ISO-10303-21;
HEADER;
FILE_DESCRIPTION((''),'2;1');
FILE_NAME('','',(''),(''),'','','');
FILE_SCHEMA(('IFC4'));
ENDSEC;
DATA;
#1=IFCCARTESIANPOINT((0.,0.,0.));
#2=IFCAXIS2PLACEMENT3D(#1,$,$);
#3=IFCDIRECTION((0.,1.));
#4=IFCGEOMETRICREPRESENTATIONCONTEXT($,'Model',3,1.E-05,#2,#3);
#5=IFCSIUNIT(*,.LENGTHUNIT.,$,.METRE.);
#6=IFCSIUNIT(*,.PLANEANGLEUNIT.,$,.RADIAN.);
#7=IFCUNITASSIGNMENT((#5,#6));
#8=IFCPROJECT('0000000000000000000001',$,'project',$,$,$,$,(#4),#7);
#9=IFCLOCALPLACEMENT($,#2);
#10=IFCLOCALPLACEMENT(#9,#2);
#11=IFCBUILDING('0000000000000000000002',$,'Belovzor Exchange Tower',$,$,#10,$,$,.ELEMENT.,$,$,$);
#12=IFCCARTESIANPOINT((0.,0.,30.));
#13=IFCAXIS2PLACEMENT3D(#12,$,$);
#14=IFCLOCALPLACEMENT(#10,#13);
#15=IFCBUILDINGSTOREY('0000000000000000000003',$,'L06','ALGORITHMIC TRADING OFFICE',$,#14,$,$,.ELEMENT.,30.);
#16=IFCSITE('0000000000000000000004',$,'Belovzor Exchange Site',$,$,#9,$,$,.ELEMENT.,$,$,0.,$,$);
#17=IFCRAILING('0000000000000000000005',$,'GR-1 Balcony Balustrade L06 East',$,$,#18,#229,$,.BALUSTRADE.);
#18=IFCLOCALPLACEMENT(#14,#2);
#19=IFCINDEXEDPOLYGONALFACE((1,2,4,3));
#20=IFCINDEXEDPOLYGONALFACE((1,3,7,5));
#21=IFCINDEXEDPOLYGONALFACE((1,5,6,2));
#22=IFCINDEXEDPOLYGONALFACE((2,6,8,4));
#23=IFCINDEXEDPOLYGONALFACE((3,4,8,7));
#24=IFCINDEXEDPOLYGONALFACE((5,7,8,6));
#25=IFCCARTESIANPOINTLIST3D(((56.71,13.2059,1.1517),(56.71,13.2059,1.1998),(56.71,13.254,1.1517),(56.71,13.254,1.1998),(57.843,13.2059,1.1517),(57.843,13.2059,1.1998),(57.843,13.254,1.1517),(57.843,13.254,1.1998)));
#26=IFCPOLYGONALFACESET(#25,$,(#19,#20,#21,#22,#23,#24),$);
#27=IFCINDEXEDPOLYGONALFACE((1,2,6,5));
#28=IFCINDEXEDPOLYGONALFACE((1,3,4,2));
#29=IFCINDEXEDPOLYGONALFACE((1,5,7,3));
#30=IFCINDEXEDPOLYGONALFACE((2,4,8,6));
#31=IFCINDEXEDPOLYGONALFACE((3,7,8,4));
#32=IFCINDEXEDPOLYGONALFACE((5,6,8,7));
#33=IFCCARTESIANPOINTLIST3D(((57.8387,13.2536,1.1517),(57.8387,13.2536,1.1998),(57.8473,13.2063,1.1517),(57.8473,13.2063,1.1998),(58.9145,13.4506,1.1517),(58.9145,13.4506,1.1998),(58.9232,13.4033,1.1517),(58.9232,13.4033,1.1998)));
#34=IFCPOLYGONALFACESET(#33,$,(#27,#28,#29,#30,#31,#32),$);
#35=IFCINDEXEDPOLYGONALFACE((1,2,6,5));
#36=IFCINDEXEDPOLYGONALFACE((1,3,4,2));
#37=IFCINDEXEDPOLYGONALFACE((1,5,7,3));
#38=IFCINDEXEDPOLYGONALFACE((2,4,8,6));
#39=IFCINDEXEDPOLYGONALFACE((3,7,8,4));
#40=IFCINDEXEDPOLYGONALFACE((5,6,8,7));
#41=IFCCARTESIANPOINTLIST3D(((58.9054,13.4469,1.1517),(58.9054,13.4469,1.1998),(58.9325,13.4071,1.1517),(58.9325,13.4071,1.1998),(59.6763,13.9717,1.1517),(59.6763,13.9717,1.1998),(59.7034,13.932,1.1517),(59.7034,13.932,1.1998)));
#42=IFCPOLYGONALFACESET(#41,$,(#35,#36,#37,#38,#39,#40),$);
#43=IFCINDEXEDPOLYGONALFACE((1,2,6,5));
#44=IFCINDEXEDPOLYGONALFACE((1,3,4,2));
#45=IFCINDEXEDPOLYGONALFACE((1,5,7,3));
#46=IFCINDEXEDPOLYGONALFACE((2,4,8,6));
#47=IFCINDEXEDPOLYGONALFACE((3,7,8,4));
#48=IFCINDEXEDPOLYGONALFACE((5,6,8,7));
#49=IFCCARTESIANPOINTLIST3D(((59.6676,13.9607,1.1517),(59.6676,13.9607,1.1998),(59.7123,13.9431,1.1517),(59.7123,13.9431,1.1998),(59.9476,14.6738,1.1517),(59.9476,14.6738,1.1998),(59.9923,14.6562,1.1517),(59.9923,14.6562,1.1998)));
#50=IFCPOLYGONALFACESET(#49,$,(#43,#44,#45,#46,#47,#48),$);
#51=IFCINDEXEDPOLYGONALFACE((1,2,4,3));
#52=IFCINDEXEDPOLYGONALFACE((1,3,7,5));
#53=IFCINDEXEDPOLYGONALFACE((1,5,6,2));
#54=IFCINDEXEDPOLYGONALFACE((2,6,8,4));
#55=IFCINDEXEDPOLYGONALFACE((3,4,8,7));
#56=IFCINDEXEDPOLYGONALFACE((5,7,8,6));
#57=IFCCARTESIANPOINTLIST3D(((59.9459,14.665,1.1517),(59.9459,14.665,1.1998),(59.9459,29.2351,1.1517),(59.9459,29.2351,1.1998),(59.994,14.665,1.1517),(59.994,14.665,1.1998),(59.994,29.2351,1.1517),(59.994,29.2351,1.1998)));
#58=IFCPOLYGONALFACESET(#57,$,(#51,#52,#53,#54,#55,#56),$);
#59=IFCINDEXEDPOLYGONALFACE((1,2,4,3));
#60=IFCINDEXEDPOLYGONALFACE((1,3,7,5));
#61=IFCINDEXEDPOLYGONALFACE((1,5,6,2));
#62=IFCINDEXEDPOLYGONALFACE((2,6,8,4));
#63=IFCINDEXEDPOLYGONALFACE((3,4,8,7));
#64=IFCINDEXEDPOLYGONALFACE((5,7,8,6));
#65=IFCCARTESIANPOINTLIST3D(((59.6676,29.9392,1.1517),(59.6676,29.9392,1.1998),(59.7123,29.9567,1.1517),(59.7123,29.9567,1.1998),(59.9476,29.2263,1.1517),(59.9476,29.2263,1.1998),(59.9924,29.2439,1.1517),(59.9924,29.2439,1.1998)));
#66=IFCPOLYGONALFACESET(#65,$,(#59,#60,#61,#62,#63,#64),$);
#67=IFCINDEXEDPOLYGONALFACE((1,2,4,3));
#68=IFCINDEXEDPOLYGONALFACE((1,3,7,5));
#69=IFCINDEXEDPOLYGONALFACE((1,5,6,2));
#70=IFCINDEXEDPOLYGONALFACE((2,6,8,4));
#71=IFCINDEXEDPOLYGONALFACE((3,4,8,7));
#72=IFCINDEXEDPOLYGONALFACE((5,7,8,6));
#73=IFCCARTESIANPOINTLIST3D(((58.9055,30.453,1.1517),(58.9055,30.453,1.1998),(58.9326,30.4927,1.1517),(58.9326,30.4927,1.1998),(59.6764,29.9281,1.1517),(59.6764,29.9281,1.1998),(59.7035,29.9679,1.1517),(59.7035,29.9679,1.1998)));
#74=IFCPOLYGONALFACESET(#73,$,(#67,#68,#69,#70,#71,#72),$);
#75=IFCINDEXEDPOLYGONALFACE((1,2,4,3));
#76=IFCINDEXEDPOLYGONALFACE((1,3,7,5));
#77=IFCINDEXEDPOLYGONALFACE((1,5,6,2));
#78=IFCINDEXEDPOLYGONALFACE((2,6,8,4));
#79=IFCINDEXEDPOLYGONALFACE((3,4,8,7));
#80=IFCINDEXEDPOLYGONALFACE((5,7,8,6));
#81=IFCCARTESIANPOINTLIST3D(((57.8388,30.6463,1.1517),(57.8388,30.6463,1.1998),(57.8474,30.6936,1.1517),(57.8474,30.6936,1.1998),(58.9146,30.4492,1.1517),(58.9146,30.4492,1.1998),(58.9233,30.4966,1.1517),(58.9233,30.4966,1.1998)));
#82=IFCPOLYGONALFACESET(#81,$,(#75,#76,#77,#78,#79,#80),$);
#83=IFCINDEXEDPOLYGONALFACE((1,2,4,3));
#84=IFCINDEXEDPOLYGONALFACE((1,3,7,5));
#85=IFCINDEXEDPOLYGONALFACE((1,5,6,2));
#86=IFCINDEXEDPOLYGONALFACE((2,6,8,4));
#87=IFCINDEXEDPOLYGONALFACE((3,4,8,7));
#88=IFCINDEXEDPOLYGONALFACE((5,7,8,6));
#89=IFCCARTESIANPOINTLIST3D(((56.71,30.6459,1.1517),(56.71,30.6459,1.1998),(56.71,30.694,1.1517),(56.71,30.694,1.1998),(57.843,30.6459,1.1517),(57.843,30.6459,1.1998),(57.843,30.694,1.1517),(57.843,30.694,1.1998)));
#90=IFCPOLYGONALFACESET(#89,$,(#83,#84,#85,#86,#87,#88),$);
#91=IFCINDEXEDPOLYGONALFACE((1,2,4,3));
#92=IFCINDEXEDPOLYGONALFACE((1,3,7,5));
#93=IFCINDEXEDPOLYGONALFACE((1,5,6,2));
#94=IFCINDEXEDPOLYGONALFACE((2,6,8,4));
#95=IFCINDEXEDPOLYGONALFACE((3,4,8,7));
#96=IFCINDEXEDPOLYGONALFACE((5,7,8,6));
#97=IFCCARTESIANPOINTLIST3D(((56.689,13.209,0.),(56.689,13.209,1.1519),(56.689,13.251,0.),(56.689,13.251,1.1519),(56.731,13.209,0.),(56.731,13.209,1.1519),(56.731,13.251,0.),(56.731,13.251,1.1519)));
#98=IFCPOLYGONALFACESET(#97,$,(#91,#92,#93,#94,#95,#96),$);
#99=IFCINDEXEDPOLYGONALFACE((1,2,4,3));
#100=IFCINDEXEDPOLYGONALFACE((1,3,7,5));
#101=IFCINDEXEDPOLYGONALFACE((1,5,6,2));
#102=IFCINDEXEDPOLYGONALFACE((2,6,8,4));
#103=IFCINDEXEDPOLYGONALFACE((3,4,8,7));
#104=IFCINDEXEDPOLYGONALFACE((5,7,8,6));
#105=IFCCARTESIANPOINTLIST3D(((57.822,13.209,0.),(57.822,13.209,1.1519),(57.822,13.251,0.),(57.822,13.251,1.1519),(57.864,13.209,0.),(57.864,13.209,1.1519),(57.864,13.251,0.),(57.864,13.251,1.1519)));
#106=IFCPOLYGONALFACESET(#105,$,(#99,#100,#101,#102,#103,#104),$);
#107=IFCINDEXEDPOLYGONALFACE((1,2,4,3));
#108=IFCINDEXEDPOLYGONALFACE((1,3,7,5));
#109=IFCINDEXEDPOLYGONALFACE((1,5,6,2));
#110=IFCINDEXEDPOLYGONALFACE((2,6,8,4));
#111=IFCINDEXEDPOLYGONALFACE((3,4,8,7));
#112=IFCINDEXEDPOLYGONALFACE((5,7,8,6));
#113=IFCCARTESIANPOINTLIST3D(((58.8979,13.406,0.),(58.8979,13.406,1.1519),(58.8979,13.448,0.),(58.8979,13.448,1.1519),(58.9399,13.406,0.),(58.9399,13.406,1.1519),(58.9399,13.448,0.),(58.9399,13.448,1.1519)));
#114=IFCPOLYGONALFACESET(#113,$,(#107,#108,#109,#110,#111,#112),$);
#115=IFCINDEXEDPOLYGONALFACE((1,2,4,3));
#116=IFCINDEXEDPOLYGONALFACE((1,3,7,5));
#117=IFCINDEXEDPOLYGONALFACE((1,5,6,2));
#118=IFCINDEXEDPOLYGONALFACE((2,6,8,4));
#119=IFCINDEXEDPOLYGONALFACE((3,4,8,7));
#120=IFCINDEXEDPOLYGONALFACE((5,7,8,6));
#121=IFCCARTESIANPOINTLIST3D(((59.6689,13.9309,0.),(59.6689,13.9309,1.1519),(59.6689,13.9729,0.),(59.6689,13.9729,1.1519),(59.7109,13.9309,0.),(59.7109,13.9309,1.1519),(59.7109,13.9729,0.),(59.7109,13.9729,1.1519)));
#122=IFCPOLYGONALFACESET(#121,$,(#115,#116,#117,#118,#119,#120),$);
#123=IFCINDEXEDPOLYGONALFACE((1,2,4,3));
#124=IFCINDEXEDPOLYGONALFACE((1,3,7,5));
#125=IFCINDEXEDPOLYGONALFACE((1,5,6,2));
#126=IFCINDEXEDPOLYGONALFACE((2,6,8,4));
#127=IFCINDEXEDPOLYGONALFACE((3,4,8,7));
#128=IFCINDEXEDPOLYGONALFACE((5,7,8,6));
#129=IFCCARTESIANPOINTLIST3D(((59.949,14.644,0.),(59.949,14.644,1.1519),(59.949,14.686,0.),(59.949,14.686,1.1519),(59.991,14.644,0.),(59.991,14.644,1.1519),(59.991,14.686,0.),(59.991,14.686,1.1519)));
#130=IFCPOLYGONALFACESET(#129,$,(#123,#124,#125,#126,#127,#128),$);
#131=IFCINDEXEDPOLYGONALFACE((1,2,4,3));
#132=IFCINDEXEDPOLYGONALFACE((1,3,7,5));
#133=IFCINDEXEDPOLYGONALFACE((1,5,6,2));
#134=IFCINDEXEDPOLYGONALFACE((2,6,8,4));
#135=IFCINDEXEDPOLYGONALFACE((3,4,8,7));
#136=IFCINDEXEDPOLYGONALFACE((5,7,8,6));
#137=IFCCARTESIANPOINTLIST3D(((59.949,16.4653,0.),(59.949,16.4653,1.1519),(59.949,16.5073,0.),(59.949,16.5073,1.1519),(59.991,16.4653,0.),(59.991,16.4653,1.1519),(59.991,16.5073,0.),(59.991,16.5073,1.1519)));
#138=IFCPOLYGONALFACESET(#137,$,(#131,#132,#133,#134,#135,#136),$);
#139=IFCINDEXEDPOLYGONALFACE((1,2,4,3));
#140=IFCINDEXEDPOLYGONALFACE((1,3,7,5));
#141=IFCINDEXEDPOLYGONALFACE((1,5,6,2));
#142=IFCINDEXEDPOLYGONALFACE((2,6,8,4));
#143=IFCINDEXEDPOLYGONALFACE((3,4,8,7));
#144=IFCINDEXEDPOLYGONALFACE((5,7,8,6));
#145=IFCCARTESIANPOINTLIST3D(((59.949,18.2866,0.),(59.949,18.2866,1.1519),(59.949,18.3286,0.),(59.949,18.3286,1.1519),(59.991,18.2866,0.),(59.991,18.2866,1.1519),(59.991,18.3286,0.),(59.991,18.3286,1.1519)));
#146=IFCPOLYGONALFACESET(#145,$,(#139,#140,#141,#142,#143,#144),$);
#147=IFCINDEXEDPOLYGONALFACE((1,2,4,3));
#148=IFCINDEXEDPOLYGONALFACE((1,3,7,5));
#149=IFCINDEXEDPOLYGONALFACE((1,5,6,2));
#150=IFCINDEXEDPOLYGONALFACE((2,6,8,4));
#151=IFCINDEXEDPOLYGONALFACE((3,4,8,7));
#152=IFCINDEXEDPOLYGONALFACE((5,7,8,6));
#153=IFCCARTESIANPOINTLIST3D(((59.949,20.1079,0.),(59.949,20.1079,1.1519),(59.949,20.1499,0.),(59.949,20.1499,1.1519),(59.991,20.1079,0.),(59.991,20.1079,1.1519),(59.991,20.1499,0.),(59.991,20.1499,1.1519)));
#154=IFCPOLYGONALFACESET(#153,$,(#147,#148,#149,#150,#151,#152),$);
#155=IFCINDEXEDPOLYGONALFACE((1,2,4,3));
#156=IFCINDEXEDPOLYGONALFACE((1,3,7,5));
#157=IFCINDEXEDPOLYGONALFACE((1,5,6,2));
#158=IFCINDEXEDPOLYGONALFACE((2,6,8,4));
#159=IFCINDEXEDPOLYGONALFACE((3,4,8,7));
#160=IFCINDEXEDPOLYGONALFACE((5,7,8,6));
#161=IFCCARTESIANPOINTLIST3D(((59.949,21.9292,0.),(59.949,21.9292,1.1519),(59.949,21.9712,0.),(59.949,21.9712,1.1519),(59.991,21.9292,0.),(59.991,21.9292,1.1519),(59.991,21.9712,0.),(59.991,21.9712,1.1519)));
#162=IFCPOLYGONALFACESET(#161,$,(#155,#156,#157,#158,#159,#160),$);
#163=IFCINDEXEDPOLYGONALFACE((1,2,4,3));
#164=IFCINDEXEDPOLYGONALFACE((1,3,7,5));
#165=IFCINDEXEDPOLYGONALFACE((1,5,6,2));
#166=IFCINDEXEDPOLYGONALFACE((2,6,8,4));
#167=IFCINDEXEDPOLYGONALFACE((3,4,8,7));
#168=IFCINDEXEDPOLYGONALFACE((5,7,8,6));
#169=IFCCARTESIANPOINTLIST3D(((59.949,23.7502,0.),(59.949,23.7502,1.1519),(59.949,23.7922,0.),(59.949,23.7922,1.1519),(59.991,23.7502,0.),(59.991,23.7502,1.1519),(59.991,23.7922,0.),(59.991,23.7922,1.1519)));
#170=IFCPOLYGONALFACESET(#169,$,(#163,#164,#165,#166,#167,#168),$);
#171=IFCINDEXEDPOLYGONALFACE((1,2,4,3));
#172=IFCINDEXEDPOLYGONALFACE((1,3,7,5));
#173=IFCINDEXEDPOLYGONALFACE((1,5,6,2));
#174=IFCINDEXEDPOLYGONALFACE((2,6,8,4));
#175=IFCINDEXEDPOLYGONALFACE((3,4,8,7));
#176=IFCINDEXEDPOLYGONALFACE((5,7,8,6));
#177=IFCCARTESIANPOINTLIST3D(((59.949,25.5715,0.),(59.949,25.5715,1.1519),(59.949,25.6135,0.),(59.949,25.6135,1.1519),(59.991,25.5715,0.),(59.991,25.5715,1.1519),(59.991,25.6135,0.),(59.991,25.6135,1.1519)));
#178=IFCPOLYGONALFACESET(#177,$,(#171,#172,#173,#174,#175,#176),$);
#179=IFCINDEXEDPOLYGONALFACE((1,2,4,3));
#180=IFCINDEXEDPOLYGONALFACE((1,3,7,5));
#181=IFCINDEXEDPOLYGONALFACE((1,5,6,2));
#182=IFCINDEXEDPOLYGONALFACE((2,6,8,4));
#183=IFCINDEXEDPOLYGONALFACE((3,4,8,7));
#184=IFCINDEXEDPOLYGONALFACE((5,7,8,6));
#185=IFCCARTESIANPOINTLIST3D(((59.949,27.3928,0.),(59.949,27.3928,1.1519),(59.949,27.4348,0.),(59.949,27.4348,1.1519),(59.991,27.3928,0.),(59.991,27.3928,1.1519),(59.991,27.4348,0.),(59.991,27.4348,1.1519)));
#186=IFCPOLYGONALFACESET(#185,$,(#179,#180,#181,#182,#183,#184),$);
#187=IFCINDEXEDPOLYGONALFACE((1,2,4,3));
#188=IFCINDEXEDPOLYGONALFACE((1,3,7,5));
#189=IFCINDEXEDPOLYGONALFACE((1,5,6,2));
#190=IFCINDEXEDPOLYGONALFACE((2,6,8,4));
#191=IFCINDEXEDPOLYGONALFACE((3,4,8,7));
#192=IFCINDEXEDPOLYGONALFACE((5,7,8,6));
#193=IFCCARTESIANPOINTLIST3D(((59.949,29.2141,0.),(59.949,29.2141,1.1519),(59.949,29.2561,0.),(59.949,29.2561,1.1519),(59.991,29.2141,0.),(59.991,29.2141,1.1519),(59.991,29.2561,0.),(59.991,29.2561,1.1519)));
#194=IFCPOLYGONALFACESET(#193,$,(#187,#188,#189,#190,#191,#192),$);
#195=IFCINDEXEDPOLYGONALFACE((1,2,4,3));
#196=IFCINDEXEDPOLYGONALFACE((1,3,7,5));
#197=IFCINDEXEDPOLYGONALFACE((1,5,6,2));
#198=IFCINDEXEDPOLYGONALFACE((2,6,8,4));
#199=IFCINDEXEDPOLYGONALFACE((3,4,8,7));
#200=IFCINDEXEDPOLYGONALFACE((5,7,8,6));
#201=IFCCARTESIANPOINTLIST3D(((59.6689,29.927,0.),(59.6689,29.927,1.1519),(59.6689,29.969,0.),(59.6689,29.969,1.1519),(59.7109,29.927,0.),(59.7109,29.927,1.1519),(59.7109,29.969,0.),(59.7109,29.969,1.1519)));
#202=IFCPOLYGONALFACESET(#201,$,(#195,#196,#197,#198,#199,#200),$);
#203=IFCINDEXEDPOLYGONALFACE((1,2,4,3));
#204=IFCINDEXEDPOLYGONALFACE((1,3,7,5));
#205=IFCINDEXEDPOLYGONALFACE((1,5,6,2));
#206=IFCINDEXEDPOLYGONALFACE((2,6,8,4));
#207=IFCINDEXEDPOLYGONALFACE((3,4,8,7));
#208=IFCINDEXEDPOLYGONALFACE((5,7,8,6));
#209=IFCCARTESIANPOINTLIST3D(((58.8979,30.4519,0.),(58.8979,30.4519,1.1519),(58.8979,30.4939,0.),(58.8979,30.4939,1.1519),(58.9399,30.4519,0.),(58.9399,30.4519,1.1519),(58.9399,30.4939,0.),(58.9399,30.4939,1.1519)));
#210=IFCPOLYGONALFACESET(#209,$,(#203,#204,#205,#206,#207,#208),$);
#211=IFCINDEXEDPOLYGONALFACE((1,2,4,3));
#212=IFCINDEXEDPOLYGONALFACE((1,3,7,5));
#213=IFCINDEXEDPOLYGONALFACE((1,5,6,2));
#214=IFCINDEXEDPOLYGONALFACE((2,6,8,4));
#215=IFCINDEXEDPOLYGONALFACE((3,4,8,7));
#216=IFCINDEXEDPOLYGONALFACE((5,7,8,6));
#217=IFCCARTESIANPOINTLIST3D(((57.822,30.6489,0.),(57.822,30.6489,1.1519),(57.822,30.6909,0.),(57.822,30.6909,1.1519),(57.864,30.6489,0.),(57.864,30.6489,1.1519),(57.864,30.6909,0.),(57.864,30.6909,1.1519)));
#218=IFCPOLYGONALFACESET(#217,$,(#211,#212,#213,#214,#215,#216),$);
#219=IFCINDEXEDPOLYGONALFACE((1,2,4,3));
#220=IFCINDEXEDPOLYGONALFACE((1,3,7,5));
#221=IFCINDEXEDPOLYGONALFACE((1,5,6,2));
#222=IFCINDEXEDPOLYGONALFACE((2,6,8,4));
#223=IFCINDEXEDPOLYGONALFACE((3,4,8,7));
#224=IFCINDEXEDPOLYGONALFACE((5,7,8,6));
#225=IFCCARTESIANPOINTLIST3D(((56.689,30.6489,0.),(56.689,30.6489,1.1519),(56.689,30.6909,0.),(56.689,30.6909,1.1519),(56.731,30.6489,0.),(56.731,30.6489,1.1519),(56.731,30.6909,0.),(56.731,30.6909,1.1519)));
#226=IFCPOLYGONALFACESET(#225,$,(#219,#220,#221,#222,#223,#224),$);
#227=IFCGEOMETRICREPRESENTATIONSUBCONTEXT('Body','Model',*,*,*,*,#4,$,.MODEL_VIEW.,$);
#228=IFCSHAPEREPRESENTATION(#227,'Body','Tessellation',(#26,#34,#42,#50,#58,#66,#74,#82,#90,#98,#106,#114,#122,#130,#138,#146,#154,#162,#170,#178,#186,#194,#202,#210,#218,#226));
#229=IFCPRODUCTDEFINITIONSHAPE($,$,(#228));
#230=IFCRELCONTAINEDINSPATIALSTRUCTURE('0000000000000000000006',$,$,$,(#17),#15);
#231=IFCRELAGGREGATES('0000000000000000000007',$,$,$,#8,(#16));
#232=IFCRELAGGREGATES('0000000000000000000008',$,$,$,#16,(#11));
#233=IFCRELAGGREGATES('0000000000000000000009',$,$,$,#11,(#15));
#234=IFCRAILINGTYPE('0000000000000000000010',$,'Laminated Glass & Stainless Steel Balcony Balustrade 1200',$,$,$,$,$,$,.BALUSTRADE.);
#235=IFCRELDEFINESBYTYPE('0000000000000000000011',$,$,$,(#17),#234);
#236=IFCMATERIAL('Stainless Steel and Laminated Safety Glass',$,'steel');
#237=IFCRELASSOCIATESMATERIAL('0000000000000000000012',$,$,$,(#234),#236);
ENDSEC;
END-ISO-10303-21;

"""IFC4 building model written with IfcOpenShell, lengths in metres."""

from ifc_helpers import new_model, si_unit, direction, frame, origin, origin_2d, place, context, subcontext, project, spatial, rectangle, extrude, material, type_object, element, save


model = new_model("IFC4")

# Units and contexts
model_context = context("Model", 3, precision=1e-05, world=origin(), true_north=direction((0.0, 1.0)))
body_context = subcontext(model_context, "Body", "Model", "MODEL_VIEW")
ifc_project = project(units=[si_unit("LENGTHUNIT", "METRE"), si_unit("PLANEANGLEUNIT", "RADIAN")], contexts=[model_context])

# Site, building, storey
site_placement = place(None, origin())
site = spatial("IfcSite", under=ifc_project, at=site_placement, Name="Belovzor Exchange Site", CompositionType="ELEMENT", RefElevation=0.0)
building_placement = place(site_placement, origin())
building = spatial("IfcBuilding", under=site, at=building_placement, Name="Belovzor Exchange Tower", CompositionType="ELEMENT")
storey_placement = place(building_placement, frame((0.0, 0.0, 30.0)))
storey = spatial("IfcBuildingStorey", under=building, at=storey_placement, Name="L06", Description="ALGORITHMIC TRADING OFFICE", CompositionType="ELEMENT", Elevation=30.0)

# Railing
ifc_material_1 = material(Name="Stainless Steel and Laminated Safety Glass", Category="steel")
railing_type = type_object("IfcRailingType", Name="Laminated Glass & Stainless Steel Balcony Balustrade 1200", PredefinedType="BALUSTRADE", material=ifc_material_1)
railing_placement = place(storey_placement, frame((56.71, 13.23, 0.0)))
element("IfcRailing", 1, at=railing_placement, inside=storey, type_object=railing_type, Name="GR-1 Balcony Balustrade L06 East", PredefinedType="BALUSTRADE", context=body_context, shape_type="SweptSolid", body=[
    extrude(rectangle(XDim=0.0481, YDim=0.0481, at=origin_2d()), frame((0.0, 0.0, 1.1758), z_axis=(1.0, 0.0, 0.0), x_axis=(0.0, 1.0, 0.0)), (0.0, 0.0, 1.0), 1.1331),
    extrude(rectangle(XDim=0.0481, YDim=0.0481, at=origin_2d()), frame((1.1331, 0.0, 1.1758), z_axis=(0.983644, 0.180123, 0.0), x_axis=(-0.180123, 0.983644, 0.0)), (0.0, 0.0, 1.0), 1.0938),
    extrude(rectangle(XDim=0.0481, YDim=0.0481, at=origin_2d()), frame((2.209, 0.197, 1.1758), z_axis=(0.826615, 0.562768, 0.0), x_axis=(-0.562768, 0.826615, 0.0)), (0.0, 0.0, 1.0), 0.9326),
    extrude(rectangle(XDim=0.0481, YDim=0.0481, at=origin_2d()), frame((2.98, 0.7219, 1.1758), z_axis=(0.365504, 0.93081, 0.0), x_axis=(-0.93081, 0.365504, 0.0)), (0.0, 0.0, 1.0), 0.7661),
    extrude(rectangle(XDim=0.0481, YDim=0.0481, at=origin_2d()), frame((3.26, 1.4351, 1.1758), z_axis=(0.0, 1.0, 0.0), x_axis=(-1.0, 0.0, 0.0)), (0.0, 0.0, 1.0), 14.5701),
    extrude(rectangle(XDim=0.0481, YDim=0.0481, at=origin_2d()), frame((3.26, 16.0051, 1.1758), z_axis=(-0.365613, 0.930767, 0.0), x_axis=(-0.930767, -0.365613, 0.0)), (0.0, 0.0, 1.0), 0.7659),
    extrude(rectangle(XDim=0.0481, YDim=0.0481, at=origin_2d()), frame((2.98, 16.718, 1.1758), z_axis=(-0.826615, 0.562768, 0.0), x_axis=(-0.562768, -0.826615, 0.0)), (0.0, 0.0, 1.0), 0.9326),
    extrude(rectangle(XDim=0.0481, YDim=0.0481, at=origin_2d()), frame((2.209, 17.2429, 1.1758), z_axis=(-0.983644, 0.180123, 0.0), x_axis=(-0.180123, -0.983644, 0.0)), (0.0, 0.0, 1.0), 1.0938),
    extrude(rectangle(XDim=0.0481, YDim=0.0481, at=origin_2d()), frame((1.1331, 17.4399, 1.1758), z_axis=(-1.0, 0.0, 0.0), x_axis=(0.0, -1.0, 0.0)), (0.0, 0.0, 1.0), 1.1331),
    extrude(rectangle(XDim=0.042, YDim=0.042, at=origin_2d()), origin(), (0.0, 0.0, 1.0), 1.1519),
    extrude(rectangle(XDim=0.042, YDim=0.042, at=origin_2d()), frame((1.1331, 0.0, 0.0)), (0.0, 0.0, 1.0), 1.1519),
    extrude(rectangle(XDim=0.042, YDim=0.042, at=origin_2d()), frame((2.209, 0.197, 0.0)), (0.0, 0.0, 1.0), 1.1519),
    extrude(rectangle(XDim=0.042, YDim=0.042, at=origin_2d()), frame((2.98, 0.7219, 0.0)), (0.0, 0.0, 1.0), 1.1519),
    extrude(rectangle(XDim=0.042, YDim=0.042, at=origin_2d()), frame((3.26, 1.4351, 0.0)), (0.0, 0.0, 1.0), 1.1519),
    extrude(rectangle(XDim=0.042, YDim=0.042, at=origin_2d()), frame((3.26, 3.2563, 0.0)), (0.0, 0.0, 1.0), 1.1519),
    extrude(rectangle(XDim=0.042, YDim=0.042, at=origin_2d()), frame((3.26, 5.0776, 0.0)), (0.0, 0.0, 1.0), 1.1519),
    extrude(rectangle(XDim=0.042, YDim=0.042, at=origin_2d()), frame((3.26, 6.8989, 0.0)), (0.0, 0.0, 1.0), 1.1519),
    extrude(rectangle(XDim=0.042, YDim=0.042, at=origin_2d()), frame((3.26, 8.7202, 0.0)), (0.0, 0.0, 1.0), 1.1519),
    extrude(rectangle(XDim=0.042, YDim=0.042, at=origin_2d()), frame((3.26, 10.5413, 0.0)), (0.0, 0.0, 1.0), 1.1519),
    extrude(rectangle(XDim=0.042, YDim=0.042, at=origin_2d()), frame((3.26, 12.3625, 0.0)), (0.0, 0.0, 1.0), 1.1519),
    extrude(rectangle(XDim=0.042, YDim=0.042, at=origin_2d()), frame((3.26, 14.1838, 0.0)), (0.0, 0.0, 1.0), 1.1519),
    extrude(rectangle(XDim=0.042, YDim=0.042, at=origin_2d()), frame((3.26, 16.0051, 0.0)), (0.0, 0.0, 1.0), 1.1519),
    extrude(rectangle(XDim=0.042, YDim=0.042, at=origin_2d()), frame((2.98, 16.718, 0.0)), (0.0, 0.0, 1.0), 1.1519),
    extrude(rectangle(XDim=0.042, YDim=0.042, at=origin_2d()), frame((2.209, 17.2429, 0.0)), (0.0, 0.0, 1.0), 1.1519),
    extrude(rectangle(XDim=0.042, YDim=0.042, at=origin_2d()), frame((1.1331, 17.4399, 0.0)), (0.0, 0.0, 1.0), 1.1519),
    extrude(rectangle(XDim=0.042, YDim=0.042, at=origin_2d()), frame((0.0, 17.4399, 0.0)), (0.0, 0.0, 1.0), 1.1519),
])

save(model, "model.ifc")
